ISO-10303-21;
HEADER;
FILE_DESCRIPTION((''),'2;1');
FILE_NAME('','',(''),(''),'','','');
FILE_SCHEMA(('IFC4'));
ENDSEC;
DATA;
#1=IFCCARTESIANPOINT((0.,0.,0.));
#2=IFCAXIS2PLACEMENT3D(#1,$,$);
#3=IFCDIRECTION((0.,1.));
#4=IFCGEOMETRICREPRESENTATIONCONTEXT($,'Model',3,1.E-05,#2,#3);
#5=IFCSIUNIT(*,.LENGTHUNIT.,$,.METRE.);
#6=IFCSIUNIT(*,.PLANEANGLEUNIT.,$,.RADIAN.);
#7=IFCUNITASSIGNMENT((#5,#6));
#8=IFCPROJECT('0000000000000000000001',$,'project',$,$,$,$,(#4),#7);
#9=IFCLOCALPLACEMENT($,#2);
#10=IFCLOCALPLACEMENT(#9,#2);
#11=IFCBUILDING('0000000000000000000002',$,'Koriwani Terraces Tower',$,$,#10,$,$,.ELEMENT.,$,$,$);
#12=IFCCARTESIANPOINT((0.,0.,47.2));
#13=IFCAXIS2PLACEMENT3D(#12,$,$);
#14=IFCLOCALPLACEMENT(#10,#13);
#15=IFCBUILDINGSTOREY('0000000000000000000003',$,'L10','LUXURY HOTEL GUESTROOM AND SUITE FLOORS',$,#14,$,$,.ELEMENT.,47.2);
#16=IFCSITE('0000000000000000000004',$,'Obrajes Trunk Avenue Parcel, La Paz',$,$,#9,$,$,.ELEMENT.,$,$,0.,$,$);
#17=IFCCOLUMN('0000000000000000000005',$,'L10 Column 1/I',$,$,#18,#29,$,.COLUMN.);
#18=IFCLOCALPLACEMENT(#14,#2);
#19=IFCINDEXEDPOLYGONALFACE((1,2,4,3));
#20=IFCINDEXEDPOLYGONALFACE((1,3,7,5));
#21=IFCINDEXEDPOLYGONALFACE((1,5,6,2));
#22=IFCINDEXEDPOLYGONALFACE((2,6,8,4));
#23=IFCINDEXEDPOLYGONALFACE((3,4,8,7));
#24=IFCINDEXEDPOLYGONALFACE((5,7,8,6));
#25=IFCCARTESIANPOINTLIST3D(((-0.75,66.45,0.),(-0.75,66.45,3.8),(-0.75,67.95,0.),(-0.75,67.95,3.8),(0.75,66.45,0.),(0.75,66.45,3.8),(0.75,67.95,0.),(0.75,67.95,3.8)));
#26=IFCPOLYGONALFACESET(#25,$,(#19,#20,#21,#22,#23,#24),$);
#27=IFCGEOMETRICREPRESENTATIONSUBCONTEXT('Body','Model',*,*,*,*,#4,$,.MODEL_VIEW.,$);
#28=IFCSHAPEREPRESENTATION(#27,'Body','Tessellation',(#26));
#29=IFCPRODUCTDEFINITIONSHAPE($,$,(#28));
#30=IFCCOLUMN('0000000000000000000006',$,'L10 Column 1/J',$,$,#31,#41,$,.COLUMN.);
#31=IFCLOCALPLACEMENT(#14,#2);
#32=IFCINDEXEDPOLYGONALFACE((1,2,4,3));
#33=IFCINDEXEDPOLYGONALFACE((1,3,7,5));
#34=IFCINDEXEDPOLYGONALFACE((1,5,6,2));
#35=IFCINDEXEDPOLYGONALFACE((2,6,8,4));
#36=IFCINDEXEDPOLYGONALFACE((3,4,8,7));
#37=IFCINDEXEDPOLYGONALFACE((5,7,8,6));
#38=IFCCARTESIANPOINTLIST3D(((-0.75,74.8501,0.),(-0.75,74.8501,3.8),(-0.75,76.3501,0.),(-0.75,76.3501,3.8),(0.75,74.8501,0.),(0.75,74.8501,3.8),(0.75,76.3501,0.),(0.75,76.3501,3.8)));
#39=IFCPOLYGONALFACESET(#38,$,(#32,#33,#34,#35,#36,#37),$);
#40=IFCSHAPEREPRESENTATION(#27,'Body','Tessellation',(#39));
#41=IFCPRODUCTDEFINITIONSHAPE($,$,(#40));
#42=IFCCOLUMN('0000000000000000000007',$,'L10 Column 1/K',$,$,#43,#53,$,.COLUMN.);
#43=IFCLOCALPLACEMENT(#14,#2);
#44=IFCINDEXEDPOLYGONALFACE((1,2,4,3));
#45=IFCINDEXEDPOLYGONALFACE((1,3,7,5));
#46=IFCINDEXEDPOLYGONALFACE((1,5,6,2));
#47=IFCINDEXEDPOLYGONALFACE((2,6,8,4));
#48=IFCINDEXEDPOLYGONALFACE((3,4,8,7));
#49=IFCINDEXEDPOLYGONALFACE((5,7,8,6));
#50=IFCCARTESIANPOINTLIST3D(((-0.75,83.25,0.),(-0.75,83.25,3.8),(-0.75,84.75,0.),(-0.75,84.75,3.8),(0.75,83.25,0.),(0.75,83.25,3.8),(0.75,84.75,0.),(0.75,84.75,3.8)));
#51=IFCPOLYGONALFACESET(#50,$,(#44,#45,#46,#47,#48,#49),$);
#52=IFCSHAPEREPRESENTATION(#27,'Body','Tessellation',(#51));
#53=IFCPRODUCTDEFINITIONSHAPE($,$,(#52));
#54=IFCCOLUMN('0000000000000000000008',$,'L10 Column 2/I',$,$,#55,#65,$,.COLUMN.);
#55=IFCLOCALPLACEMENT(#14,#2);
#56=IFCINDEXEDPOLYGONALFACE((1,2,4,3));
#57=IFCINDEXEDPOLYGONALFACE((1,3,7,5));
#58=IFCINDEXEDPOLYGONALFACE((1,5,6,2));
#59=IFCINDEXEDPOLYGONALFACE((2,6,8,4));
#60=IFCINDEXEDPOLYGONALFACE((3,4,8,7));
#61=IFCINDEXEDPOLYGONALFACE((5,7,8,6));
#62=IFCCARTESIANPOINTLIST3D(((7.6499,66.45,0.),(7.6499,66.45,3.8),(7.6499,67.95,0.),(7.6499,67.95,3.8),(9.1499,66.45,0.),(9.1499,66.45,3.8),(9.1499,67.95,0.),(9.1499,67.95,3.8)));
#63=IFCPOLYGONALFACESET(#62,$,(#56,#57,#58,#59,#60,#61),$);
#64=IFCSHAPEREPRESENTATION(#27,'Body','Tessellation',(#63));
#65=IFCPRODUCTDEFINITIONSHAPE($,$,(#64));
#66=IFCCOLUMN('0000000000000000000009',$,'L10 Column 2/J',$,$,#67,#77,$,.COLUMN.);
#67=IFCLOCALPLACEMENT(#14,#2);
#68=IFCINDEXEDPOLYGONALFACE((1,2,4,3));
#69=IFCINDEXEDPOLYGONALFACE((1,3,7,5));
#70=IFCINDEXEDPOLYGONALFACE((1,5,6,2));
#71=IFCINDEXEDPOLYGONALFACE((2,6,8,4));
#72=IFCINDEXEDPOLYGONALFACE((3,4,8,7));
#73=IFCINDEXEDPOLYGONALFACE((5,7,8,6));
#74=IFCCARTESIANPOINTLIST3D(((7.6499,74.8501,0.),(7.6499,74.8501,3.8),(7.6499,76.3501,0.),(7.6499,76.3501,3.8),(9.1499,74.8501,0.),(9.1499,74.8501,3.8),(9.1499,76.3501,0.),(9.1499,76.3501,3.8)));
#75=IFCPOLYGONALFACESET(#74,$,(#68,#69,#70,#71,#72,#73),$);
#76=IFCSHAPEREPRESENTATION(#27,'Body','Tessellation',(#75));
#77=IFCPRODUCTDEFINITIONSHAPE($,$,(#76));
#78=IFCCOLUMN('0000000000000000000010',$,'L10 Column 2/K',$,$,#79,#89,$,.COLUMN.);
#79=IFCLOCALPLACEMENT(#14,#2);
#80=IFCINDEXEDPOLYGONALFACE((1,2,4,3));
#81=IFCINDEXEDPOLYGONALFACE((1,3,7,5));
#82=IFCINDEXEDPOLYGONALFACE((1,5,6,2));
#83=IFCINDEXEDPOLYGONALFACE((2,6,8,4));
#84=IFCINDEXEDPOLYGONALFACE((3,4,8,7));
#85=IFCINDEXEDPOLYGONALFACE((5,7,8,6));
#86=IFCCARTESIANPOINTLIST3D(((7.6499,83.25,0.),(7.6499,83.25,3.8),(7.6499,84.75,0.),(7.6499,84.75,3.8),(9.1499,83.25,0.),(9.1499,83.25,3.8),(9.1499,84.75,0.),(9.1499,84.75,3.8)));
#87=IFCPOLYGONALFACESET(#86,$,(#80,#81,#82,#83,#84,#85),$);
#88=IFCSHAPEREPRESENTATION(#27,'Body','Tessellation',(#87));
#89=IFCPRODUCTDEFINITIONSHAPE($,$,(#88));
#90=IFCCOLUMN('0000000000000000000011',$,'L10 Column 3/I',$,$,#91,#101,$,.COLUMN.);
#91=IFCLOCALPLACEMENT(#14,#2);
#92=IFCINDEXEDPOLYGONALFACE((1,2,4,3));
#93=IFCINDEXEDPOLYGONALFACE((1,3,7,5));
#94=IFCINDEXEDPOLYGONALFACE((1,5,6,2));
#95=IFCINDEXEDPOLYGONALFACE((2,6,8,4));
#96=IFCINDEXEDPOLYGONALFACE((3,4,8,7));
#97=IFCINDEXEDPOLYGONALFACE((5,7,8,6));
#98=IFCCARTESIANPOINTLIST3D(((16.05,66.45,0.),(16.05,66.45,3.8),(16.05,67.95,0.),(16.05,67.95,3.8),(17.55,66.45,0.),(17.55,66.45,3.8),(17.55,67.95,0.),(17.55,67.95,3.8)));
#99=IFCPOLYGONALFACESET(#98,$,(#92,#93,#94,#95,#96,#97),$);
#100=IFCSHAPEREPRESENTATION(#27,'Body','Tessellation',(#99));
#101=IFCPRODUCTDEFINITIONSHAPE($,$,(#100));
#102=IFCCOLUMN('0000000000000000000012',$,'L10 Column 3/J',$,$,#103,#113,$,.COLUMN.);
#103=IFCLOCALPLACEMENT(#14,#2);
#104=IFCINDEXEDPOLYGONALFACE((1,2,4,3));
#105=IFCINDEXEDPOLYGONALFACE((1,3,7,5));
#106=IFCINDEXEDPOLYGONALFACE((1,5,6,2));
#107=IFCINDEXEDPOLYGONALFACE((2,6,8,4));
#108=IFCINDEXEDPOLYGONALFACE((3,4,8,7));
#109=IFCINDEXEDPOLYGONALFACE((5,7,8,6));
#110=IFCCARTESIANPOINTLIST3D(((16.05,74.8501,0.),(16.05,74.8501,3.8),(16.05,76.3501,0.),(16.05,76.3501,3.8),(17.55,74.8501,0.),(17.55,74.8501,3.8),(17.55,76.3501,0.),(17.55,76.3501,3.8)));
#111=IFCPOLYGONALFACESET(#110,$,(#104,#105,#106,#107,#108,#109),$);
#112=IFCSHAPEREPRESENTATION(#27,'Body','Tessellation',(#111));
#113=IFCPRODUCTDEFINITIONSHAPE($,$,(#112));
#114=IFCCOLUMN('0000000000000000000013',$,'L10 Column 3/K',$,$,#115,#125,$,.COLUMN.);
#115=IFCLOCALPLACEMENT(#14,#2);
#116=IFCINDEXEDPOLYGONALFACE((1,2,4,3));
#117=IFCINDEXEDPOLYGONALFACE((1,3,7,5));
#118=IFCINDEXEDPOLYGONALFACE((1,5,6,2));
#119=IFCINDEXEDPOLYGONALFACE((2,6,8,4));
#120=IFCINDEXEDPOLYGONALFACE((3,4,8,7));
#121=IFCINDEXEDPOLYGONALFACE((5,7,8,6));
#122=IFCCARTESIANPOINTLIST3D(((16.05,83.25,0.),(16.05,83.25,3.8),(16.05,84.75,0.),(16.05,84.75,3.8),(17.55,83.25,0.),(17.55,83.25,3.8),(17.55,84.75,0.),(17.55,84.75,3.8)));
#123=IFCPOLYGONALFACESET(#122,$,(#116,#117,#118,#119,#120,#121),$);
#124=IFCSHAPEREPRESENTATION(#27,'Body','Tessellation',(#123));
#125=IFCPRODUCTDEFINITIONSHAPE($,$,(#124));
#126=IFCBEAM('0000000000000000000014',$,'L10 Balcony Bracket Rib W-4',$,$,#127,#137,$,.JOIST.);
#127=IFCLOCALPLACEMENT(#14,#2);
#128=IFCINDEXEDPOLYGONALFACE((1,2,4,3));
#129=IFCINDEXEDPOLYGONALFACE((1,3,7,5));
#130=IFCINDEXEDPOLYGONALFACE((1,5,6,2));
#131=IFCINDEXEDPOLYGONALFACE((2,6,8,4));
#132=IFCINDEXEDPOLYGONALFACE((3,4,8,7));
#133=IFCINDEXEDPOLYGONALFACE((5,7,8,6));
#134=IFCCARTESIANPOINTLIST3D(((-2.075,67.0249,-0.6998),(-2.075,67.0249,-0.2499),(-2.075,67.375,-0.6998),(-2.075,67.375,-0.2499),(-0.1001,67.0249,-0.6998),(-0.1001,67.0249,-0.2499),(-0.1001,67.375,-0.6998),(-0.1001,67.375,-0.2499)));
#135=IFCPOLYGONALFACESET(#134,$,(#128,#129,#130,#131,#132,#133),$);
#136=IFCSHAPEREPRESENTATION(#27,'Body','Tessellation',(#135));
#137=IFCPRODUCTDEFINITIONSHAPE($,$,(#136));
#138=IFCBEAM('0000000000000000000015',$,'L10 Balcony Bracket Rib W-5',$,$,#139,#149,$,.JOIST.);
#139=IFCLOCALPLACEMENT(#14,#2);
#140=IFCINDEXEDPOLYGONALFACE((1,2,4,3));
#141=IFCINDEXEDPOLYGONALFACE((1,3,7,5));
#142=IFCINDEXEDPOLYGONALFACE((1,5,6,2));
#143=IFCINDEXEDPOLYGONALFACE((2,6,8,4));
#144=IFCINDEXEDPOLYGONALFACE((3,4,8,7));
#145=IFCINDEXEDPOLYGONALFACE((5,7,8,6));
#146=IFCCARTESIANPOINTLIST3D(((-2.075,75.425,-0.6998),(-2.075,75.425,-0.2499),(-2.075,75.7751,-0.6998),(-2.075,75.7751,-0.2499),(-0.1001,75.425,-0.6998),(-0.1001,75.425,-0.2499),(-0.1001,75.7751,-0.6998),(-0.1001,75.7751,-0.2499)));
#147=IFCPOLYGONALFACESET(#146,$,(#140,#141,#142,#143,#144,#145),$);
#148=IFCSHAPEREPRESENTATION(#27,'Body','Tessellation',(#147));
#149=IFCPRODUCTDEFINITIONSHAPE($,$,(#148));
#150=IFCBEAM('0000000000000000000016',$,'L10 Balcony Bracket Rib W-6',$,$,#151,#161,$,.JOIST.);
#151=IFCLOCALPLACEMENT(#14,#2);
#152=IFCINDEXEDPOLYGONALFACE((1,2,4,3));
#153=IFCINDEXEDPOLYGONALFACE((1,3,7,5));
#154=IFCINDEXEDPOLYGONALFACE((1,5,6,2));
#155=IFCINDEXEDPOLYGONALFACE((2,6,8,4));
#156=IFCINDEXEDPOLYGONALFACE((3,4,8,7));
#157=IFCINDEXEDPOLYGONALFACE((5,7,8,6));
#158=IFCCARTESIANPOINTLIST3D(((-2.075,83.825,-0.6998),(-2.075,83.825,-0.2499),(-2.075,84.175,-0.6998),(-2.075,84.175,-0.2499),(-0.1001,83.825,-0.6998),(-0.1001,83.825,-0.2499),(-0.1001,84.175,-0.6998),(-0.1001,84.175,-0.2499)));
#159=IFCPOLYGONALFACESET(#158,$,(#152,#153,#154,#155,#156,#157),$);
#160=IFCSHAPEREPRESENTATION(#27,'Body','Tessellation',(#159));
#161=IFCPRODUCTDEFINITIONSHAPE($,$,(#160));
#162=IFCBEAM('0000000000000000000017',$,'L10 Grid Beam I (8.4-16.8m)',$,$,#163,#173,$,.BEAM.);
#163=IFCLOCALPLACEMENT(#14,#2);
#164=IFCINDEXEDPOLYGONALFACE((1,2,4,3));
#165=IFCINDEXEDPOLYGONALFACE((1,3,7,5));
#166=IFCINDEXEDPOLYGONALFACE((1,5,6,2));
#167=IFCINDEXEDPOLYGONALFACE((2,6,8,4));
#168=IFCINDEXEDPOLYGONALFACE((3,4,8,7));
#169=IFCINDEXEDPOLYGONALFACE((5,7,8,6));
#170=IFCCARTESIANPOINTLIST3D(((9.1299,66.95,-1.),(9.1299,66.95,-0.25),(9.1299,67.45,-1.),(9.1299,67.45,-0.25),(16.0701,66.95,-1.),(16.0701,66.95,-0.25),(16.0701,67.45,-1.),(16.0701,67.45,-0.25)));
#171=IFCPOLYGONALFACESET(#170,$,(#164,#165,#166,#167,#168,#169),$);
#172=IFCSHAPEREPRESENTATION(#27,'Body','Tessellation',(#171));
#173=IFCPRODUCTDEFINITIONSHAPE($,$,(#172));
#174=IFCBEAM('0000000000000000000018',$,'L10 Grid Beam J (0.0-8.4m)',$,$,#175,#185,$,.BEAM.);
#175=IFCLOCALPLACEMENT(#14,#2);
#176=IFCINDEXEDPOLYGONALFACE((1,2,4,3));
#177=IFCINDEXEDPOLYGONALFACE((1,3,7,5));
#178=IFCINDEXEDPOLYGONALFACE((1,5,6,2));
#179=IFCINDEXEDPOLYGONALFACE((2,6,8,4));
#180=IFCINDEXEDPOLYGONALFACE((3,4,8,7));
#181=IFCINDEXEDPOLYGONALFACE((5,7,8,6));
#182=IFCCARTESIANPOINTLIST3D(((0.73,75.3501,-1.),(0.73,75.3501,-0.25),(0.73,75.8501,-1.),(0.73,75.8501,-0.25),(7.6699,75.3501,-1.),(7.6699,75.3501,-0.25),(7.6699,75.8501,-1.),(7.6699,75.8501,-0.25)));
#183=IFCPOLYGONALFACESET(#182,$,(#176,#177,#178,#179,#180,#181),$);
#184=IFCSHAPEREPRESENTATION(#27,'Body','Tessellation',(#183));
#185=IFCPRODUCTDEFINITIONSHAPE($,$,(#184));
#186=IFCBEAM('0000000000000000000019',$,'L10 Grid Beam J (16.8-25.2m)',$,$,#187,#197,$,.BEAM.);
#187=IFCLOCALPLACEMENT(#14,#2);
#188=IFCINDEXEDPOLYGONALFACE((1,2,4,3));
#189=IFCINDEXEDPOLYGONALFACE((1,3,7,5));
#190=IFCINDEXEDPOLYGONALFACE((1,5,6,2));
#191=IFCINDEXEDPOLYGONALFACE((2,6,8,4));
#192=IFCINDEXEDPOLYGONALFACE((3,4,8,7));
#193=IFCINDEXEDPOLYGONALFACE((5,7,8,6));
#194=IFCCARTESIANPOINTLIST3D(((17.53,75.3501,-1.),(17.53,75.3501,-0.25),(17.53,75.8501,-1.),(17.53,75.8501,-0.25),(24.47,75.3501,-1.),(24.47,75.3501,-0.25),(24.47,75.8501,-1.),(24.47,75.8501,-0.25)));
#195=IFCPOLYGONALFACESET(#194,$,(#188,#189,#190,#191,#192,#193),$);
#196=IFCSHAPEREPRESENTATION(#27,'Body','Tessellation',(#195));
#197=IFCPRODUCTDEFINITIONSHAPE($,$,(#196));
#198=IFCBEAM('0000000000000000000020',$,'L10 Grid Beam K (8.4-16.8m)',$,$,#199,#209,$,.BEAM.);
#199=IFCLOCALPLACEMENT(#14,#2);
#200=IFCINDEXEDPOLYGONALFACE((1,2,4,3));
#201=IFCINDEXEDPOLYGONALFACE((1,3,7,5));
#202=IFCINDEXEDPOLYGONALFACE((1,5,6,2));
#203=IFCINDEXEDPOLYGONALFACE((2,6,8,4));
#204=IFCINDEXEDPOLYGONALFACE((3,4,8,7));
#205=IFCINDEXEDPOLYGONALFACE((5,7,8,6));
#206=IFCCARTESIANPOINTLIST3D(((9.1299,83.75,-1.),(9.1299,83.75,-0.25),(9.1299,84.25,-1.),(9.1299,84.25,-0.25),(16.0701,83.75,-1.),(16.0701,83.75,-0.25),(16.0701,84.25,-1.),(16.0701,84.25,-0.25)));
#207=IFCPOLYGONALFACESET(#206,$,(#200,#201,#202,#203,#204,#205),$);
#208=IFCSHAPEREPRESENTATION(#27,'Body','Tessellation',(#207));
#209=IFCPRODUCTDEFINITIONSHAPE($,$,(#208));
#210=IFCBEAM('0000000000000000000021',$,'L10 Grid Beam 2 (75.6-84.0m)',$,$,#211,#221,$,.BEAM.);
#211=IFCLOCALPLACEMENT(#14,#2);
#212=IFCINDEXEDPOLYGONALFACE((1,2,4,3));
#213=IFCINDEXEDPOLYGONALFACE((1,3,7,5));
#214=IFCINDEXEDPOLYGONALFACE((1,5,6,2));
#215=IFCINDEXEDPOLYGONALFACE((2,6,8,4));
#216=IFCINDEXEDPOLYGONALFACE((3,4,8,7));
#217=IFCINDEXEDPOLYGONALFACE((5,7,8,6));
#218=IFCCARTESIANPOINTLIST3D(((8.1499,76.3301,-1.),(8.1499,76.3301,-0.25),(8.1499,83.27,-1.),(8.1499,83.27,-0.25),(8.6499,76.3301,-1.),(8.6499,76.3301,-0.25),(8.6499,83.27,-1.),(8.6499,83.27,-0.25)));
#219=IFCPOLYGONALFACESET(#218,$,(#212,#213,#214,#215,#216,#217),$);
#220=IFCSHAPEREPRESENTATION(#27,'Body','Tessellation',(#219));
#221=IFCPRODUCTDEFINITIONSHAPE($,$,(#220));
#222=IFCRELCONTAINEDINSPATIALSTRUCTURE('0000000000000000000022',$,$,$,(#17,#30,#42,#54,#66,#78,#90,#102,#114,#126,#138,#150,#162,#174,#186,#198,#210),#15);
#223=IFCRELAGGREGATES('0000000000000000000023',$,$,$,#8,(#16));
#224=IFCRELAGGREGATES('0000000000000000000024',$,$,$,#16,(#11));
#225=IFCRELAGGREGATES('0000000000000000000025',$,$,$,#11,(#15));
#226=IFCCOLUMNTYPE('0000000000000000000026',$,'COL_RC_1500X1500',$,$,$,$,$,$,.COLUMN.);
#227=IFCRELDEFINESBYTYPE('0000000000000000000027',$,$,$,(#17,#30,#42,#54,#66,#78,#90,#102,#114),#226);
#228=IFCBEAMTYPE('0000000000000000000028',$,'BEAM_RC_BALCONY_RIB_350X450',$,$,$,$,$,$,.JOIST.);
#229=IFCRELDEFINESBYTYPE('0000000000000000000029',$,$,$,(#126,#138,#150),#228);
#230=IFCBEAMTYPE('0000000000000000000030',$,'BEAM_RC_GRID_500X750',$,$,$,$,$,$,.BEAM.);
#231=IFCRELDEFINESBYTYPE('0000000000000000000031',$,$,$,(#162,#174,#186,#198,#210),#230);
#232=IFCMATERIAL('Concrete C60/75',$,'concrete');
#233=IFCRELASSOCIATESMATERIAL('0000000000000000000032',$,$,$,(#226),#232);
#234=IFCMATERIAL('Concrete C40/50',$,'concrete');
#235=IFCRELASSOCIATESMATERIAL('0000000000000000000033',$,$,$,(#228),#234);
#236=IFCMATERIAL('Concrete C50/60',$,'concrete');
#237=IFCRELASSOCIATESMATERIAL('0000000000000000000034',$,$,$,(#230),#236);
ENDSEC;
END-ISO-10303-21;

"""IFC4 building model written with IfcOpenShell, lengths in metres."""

from ifc_helpers import new_model, si_unit, direction, frame, origin, origin_2d, place, context, subcontext, project, spatial, rectangle, extrude, material, material_profile, profile_set, type_object, element, save


model = new_model("IFC4")

# Units and contexts
model_context = context("Model", 3, precision=1e-05, world=origin(), true_north=direction((0.0, 1.0)))
body_context = subcontext(model_context, "Body", "Model", "MODEL_VIEW")
ifc_project = project(units=[si_unit("LENGTHUNIT", "METRE"), si_unit("PLANEANGLEUNIT", "RADIAN")], contexts=[model_context])

# Site, building, storey
site_placement = place(None, origin())
site = spatial("IfcSite", under=ifc_project, at=site_placement, Name="Obrajes Trunk Avenue Parcel, La Paz", CompositionType="ELEMENT", RefElevation=0.0)
building_placement = place(site_placement, origin())
building = spatial("IfcBuilding", under=site, at=building_placement, Name="Koriwani Terraces Tower", CompositionType="ELEMENT")
storey_placement = place(building_placement, frame((0.0, 0.0, 47.2)))
storey = spatial("IfcBuildingStorey", under=building, at=storey_placement, Name="L10", Description="LUXURY HOTEL GUESTROOM AND SUITE FLOORS", CompositionType="ELEMENT", Elevation=47.2)

# Columns
ifc_material_1 = material(Name="Concrete C60/75", Category="concrete")
ifc_material_profile_1 = material_profile(ifc_material_1, rectangle(XDim=1.5, YDim=1.5, at=origin_2d()), Name="Concrete C60/75", Category="LoadBearing")
ifc_profile_set_1 = profile_set([ifc_material_profile_1], Name="Concrete C60/75")
column_type = type_object("IfcColumnType", Name="COL_RC_1500X1500", PredefinedType="COLUMN", material=ifc_profile_set_1)
for number, where, z_axis, x_axis, name in (
    (1, (0.0, 67.2, 0.0), (0.0, 0.0, 1.0), (1.0, 0.0, 0.0), "L10 Column 1/I"),
    (2, (0.0, 75.6001, 0.0), (0.0, 0.0, 1.0), (1.0, 0.0, 0.0), "L10 Column 1/J"),
    (3, (0.0, 84.0, 0.0), (0.0, 0.0, 1.0), (1.0, 0.0, 0.0), "L10 Column 1/K"),
    (4, (8.3999, 67.2, 0.0), (0.0, 0.0, 1.0), (1.0, 0.0, 0.0), "L10 Column 2/I"),
    (5, (8.3999, 75.6001, 0.0), (0.0, 0.0, 1.0), (1.0, 0.0, 0.0), "L10 Column 2/J"),
    (6, (8.3999, 84.0, 0.0), (0.0, 0.0, 1.0), (1.0, 0.0, 0.0), "L10 Column 2/K"),
    (7, (16.8, 67.2, 0.0), (0.0, 0.0, 1.0), (1.0, 0.0, 0.0), "L10 Column 3/I"),
    (8, (16.8, 75.6001, 0.0), (0.0, 0.0, 1.0), (1.0, 0.0, 0.0), "L10 Column 3/J"),
    (9, (16.8, 84.0, 0.0), (0.0, 0.0, 1.0), (1.0, 0.0, 0.0), "L10 Column 3/K"),
):
    element("IfcColumn", number, at=place(storey_placement, frame(where, z_axis=z_axis, x_axis=x_axis)), inside=storey, type_object=column_type, Name=name, PredefinedType="COLUMN", context=body_context, shape_type="SweptSolid", body=[
        extrude(rectangle(XDim=1.5, YDim=1.5, at=origin_2d()), origin(), (0.0, 0.0, 1.0), 3.8),
    ])

# Beams
ifc_material_2 = material(Name="Concrete C40/50", Category="concrete")
ifc_material_profile_2 = material_profile(ifc_material_2, rectangle(XDim=0.3501, YDim=0.45, at=origin_2d()), Name="Concrete C40/50", Category="LoadBearing")
ifc_profile_set_2 = profile_set([ifc_material_profile_2], Name="Concrete C40/50")
beam_type_1 = type_object("IfcBeamType", Name="BEAM_RC_BALCONY_RIB_350X450", PredefinedType="JOIST", material=ifc_profile_set_2)
for number, where, z_axis, x_axis, name in (
    (10, (-2.075, 67.2, -0.4749), (1.0, 0.0, 0.0), (0.0, 1.0, 0.0), "L10 Balcony Bracket Rib W-4"),
    (11, (-2.075, 75.6001, -0.4749), (1.0, 0.0, 0.0), (0.0, 1.0, 0.0), "L10 Balcony Bracket Rib W-5"),
    (12, (-2.075, 84.0, -0.4749), (1.0, 0.0, 0.0), (0.0, 1.0, 0.0), "L10 Balcony Bracket Rib W-6"),
):
    element("IfcBeam", number, at=place(storey_placement, frame(where, z_axis=z_axis, x_axis=x_axis)), inside=storey, type_object=beam_type_1, Name=name, PredefinedType="JOIST", context=body_context, shape_type="SweptSolid", body=[
        extrude(rectangle(XDim=0.3501, YDim=0.45, at=origin_2d()), origin(), (0.0, 0.0, 1.0), 1.9749),
    ])
ifc_material_3 = material(Name="Concrete C50/60", Category="concrete")
ifc_material_profile_3 = material_profile(ifc_material_3, rectangle(XDim=0.5, YDim=0.75, at=origin_2d()), Name="Concrete C50/60", Category="LoadBearing")
ifc_profile_set_3 = profile_set([ifc_material_profile_3], Name="Concrete C50/60")
beam_type_2 = type_object("IfcBeamType", Name="BEAM_RC_GRID_500X750", PredefinedType="BEAM", material=ifc_profile_set_3)
beam_1_placement = place(storey_placement, frame((9.1299, 67.2, -0.625), z_axis=(1.0, 0.0, 0.0), x_axis=(0.0, 1.0, 0.0)))
element("IfcBeam", 13, at=beam_1_placement, inside=storey, type_object=beam_type_2, Name="L10 Grid Beam I (8.4-16.8m)", PredefinedType="BEAM", context=body_context, shape_type="SweptSolid", body=[
    extrude(rectangle(XDim=0.5, YDim=0.75, at=origin_2d()), origin(), (0.0, 0.0, 1.0), 6.9402),
])
for number, where, z_axis, x_axis, name in (
    (14, (0.73, 75.6001, -0.625), (1.0, 0.0, 0.0), (0.0, 1.0, 0.0), "L10 Grid Beam J (0.0-8.4m)"),
    (15, (17.53, 75.6001, -0.625), (1.0, 0.0, 0.0), (0.0, 1.0, 0.0), "L10 Grid Beam J (16.8-25.2m)"),
):
    element("IfcBeam", number, at=place(storey_placement, frame(where, z_axis=z_axis, x_axis=x_axis)), inside=storey, type_object=beam_type_2, Name=name, PredefinedType="BEAM", context=body_context, shape_type="SweptSolid", body=[
        extrude(rectangle(XDim=0.5, YDim=0.75, at=origin_2d()), origin(), (0.0, 0.0, 1.0), 6.9399),
    ])
beam_2_placement = place(storey_placement, frame((9.1299, 84.0, -0.625), z_axis=(1.0, 0.0, 0.0), x_axis=(0.0, 1.0, 0.0)))
element("IfcBeam", 16, at=beam_2_placement, inside=storey, type_object=beam_type_2, Name="L10 Grid Beam K (8.4-16.8m)", PredefinedType="BEAM", context=body_context, shape_type="SweptSolid", body=[
    extrude(rectangle(XDim=0.5, YDim=0.75, at=origin_2d()), origin(), (0.0, 0.0, 1.0), 6.9402),
])
beam_3_placement = place(storey_placement, frame((8.3999, 76.3301, -0.625), z_axis=(0.0, 1.0, 0.0), x_axis=(-1.0, 0.0, 0.0)))
element("IfcBeam", 17, at=beam_3_placement, inside=storey, type_object=beam_type_2, Name="L10 Grid Beam 2 (75.6-84.0m)", PredefinedType="BEAM", context=body_context, shape_type="SweptSolid", body=[
    extrude(rectangle(XDim=0.5, YDim=0.75, at=origin_2d()), origin(), (0.0, 0.0, 1.0), 6.9399),
])

save(model, "model.ifc")
